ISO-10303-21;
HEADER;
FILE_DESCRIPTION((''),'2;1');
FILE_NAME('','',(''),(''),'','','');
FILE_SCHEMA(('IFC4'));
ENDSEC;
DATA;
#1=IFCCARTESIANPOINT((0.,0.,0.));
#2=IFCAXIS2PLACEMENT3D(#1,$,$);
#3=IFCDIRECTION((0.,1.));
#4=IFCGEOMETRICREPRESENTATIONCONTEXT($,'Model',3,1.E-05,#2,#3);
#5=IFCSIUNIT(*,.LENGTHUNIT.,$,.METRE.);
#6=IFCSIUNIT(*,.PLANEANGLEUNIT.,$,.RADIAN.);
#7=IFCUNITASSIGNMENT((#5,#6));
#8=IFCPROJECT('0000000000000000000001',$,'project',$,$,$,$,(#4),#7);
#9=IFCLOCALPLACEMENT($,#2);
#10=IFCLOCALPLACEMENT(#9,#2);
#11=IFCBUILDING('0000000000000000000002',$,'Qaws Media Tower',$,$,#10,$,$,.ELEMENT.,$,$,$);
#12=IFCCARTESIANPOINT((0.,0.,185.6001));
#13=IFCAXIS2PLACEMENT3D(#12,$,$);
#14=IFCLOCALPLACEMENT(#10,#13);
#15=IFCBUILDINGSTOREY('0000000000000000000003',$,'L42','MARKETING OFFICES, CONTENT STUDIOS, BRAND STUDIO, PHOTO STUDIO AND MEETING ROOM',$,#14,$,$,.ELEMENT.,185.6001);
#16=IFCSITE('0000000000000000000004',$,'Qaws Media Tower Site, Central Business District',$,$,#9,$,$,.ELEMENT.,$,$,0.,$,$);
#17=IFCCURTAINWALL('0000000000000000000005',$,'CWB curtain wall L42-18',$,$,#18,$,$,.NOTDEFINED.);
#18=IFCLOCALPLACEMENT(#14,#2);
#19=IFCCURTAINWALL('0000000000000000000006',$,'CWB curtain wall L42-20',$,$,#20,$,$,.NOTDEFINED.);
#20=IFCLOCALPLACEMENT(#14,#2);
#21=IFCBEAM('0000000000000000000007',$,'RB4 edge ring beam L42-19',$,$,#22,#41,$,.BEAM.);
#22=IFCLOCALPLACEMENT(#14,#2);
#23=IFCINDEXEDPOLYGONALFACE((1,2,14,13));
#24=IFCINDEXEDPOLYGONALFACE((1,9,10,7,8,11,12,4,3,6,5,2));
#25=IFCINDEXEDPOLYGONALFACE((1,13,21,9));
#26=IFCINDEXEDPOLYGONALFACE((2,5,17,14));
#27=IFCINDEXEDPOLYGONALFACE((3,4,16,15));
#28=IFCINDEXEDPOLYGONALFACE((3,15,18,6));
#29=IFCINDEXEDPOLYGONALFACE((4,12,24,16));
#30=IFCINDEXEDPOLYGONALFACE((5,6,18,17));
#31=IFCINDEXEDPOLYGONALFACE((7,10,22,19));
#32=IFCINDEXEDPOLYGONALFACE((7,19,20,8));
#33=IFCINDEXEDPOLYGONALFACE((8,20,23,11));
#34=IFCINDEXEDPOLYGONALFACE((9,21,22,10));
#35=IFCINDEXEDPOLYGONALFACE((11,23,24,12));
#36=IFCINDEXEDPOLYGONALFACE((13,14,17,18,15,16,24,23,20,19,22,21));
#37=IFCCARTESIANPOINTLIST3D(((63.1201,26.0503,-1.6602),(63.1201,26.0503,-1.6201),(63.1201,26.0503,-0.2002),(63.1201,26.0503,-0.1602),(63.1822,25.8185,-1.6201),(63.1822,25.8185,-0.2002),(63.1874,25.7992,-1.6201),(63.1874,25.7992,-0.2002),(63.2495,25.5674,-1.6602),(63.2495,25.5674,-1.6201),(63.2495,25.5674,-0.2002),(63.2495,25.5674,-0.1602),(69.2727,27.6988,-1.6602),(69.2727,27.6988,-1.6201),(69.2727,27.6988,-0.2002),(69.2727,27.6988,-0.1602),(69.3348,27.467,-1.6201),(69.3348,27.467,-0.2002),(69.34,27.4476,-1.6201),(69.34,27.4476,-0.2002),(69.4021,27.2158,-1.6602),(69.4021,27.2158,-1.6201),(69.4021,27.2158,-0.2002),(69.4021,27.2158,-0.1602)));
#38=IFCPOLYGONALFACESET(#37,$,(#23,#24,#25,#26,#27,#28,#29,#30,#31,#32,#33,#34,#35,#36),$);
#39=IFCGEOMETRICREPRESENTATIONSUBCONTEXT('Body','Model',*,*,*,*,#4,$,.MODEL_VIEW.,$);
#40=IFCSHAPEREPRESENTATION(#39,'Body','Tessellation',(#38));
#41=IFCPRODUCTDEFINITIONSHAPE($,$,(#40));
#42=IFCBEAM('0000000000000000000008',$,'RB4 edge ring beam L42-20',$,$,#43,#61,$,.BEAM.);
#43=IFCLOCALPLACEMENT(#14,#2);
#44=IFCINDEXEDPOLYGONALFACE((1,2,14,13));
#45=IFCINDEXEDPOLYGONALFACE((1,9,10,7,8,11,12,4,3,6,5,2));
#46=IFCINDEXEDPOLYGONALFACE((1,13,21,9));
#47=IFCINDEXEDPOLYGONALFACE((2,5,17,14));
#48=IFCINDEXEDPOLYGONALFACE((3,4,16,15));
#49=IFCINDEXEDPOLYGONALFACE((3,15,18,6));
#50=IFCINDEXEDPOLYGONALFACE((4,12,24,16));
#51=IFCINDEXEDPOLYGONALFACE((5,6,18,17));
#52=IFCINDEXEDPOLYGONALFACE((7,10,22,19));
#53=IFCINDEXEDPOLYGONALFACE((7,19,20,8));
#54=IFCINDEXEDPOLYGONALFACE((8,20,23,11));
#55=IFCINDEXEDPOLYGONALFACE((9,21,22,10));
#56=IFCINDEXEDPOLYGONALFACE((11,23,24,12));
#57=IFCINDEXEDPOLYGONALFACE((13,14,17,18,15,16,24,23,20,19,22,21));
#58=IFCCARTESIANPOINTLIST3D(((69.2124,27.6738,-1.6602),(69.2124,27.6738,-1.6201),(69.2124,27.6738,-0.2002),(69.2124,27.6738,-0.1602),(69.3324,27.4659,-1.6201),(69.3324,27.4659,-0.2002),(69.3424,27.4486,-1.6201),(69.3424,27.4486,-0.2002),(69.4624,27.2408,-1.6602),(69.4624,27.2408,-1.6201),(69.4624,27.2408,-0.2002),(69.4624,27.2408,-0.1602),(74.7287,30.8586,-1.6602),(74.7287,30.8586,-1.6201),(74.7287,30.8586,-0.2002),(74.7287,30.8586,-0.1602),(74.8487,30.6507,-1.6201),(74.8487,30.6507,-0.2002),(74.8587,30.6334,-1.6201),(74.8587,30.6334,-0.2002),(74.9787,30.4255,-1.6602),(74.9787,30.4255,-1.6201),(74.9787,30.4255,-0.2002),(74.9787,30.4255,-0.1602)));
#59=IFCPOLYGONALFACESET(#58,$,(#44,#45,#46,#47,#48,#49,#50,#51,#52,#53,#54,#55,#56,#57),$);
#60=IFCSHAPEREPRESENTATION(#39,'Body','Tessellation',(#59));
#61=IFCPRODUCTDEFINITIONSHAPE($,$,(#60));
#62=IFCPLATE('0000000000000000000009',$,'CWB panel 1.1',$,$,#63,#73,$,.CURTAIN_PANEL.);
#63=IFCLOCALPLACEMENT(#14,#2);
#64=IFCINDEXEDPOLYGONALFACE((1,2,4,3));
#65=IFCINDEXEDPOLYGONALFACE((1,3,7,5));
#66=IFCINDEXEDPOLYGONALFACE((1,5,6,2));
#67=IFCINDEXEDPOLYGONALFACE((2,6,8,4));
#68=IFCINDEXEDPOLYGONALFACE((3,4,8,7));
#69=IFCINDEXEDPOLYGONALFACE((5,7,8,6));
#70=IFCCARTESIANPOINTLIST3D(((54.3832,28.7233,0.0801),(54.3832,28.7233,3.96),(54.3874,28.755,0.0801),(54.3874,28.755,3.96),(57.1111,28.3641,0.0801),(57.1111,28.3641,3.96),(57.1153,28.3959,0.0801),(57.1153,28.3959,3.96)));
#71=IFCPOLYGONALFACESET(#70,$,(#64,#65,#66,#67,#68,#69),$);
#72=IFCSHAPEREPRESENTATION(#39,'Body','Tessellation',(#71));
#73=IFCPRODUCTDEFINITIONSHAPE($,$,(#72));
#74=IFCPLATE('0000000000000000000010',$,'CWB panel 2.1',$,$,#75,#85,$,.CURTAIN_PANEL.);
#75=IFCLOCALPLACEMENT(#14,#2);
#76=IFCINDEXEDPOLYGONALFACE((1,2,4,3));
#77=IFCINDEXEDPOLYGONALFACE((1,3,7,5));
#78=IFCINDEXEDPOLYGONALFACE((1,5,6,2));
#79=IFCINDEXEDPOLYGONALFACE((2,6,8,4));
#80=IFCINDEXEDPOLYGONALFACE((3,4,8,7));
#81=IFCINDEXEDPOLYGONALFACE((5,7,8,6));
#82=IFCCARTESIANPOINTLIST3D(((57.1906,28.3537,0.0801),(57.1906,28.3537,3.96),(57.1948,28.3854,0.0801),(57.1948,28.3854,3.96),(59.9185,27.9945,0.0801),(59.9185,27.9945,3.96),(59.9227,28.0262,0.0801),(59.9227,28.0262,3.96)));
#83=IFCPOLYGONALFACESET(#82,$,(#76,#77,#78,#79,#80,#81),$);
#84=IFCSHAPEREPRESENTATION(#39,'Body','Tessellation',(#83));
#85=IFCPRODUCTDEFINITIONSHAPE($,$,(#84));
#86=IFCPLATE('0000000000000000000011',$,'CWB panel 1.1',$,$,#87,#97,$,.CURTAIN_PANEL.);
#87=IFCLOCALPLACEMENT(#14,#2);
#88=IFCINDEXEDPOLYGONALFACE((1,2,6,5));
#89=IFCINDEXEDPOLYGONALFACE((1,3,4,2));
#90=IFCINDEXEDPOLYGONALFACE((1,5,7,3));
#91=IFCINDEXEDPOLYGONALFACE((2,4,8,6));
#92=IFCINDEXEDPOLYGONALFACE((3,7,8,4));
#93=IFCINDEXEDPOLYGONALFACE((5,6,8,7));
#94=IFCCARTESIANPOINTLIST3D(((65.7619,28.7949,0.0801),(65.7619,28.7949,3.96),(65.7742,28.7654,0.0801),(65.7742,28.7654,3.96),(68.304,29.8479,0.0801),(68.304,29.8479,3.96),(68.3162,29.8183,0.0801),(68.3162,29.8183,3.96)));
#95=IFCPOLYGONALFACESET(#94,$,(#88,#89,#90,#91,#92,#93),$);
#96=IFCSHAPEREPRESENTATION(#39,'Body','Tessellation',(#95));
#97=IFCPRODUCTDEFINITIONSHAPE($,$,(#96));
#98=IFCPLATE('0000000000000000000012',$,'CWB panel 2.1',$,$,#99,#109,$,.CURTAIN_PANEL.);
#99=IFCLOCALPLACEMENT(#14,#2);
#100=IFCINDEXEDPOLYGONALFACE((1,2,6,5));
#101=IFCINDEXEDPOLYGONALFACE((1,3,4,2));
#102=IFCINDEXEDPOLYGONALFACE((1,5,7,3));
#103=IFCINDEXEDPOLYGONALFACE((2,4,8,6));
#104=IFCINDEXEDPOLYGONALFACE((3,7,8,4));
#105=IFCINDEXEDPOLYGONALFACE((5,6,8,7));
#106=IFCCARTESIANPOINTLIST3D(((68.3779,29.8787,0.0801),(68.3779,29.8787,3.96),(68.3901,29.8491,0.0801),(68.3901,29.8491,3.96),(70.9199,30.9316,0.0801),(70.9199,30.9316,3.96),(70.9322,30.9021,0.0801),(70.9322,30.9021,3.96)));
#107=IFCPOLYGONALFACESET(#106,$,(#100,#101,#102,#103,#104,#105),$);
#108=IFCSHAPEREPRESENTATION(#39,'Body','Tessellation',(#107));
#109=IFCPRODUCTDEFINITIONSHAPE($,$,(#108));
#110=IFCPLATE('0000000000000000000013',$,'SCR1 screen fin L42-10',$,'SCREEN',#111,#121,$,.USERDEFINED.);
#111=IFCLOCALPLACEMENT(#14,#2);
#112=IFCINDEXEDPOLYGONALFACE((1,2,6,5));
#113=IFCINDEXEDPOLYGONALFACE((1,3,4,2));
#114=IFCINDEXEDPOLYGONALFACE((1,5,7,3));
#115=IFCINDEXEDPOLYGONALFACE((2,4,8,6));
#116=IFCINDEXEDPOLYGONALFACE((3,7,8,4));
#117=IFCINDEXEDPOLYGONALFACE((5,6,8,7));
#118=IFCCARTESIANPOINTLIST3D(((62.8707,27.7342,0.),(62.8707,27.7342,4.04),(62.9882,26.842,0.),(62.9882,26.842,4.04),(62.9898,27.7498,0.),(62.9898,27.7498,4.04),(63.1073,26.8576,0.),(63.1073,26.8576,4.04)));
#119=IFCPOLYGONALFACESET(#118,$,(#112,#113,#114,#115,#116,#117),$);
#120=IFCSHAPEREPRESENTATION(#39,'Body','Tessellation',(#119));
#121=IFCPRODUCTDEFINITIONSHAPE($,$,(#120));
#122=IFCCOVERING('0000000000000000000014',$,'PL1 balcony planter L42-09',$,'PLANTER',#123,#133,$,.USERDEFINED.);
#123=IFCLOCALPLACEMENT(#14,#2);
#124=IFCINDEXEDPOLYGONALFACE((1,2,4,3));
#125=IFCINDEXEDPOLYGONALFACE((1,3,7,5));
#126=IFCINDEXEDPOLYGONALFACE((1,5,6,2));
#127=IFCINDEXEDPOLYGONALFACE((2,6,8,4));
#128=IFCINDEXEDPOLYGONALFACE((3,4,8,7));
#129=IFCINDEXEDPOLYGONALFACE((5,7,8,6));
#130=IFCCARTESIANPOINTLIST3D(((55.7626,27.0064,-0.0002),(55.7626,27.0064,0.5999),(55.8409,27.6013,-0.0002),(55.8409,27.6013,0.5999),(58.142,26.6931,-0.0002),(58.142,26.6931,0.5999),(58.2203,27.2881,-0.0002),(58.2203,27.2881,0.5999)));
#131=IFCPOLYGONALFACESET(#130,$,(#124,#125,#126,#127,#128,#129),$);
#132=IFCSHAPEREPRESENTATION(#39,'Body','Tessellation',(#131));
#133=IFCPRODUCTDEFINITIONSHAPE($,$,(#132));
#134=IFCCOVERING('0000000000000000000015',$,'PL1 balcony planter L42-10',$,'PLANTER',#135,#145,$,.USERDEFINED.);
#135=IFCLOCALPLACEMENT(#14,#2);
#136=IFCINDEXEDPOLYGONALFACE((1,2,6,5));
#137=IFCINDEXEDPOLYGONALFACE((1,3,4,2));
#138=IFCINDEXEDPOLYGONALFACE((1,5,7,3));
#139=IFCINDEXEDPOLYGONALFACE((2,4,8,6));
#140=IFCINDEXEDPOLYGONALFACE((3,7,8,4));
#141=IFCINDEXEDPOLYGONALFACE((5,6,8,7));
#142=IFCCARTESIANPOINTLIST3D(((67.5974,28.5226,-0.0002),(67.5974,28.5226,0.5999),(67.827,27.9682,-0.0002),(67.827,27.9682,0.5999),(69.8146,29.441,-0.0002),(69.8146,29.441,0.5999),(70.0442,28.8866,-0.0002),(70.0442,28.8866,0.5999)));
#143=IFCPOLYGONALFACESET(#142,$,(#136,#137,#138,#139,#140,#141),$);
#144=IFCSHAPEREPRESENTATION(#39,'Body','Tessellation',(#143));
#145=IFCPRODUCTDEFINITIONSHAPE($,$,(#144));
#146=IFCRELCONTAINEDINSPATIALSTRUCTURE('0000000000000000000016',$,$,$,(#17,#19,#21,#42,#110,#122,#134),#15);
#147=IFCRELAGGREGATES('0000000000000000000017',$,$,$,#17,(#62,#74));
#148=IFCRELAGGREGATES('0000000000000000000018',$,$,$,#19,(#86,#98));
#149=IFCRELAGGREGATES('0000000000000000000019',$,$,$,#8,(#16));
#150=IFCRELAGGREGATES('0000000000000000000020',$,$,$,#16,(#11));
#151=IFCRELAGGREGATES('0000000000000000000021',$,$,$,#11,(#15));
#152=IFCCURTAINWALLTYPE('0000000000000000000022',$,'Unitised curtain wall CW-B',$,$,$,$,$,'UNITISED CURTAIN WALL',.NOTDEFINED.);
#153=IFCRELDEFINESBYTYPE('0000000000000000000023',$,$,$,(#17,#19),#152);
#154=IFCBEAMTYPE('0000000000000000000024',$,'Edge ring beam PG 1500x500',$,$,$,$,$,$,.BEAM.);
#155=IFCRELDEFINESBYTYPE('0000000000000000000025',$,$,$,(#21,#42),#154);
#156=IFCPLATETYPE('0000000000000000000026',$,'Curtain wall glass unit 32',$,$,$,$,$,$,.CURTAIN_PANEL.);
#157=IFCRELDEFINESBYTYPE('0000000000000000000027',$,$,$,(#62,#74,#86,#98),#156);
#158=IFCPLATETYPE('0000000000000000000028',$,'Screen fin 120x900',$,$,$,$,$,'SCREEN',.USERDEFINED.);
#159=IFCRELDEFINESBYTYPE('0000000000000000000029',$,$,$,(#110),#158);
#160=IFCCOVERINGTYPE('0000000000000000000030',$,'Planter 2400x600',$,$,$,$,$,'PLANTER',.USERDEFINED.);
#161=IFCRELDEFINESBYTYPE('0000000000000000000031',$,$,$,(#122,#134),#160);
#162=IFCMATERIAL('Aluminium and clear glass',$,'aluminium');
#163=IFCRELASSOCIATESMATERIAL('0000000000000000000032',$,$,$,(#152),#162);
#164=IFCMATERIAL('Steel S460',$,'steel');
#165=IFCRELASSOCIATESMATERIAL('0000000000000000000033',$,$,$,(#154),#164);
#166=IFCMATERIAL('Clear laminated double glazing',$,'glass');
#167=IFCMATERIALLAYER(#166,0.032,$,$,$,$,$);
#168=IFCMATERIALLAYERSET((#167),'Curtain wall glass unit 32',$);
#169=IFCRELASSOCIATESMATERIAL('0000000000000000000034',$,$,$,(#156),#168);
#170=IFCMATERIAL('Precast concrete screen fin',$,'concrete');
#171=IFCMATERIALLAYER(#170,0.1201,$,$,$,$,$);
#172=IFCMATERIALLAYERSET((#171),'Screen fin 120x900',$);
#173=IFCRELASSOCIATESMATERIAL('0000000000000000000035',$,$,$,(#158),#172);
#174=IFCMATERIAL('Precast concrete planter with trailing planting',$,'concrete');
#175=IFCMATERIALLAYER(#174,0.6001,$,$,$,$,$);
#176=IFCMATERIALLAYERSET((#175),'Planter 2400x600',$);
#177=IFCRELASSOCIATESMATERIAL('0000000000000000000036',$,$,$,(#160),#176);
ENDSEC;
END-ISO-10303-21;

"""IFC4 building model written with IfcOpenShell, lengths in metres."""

from ifc_helpers import new_model, si_unit, direction, frame, origin, origin_2d, place, context, subcontext, project, spatial, rectangle, i_section, extrude, material, layer, layer_set, material_profile, profile_set, type_object, element, aggregate, save


model = new_model("IFC4")

# Units and contexts
model_context = context("Model", 3, precision=1e-05, world=origin(), true_north=direction((0.0, 1.0)))
body_context = subcontext(model_context, "Body", "Model", "MODEL_VIEW")
ifc_project = project(units=[si_unit("LENGTHUNIT", "METRE"), si_unit("PLANEANGLEUNIT", "RADIAN")], contexts=[model_context])

# Site, building, storey
site_placement = place(None, origin())
site = spatial("IfcSite", under=ifc_project, at=site_placement, Name="Qaws Media Tower Site, Central Business District", CompositionType="ELEMENT", RefElevation=0.0)
building_placement = place(site_placement, origin())
building = spatial("IfcBuilding", under=site, at=building_placement, Name="Qaws Media Tower", CompositionType="ELEMENT")
storey_placement = place(building_placement, frame((0.0, 0.0, 185.6001)))
storey = spatial("IfcBuildingStorey", under=building, at=storey_placement, Name="L42", Description="MARKETING OFFICES, CONTENT STUDIOS, BRAND STUDIO, PHOTO STUDIO AND MEETING ROOM", CompositionType="ELEMENT", Elevation=185.6001)

# Curtain walls
ifc_material_1 = material(Name="Aluminium and clear glass", Category="aluminium")
curtain_wall_type = type_object("IfcCurtainWallType", Name="Unitised curtain wall CW-B", ElementType="UNITISED CURTAIN WALL", PredefinedType="NOTDEFINED", material=ifc_material_1)
curtain_wall_1_placement = place(storey_placement, origin())
curtain_wall_1 = element("IfcCurtainWall", 1, at=curtain_wall_1_placement, inside=storey, type_object=curtain_wall_type, Name="CWB curtain wall L42-18", PredefinedType="NOTDEFINED")
curtain_wall_2_placement = place(storey_placement, origin())
curtain_wall_2 = element("IfcCurtainWall", 2, at=curtain_wall_2_placement, inside=storey, type_object=curtain_wall_type, Name="CWB curtain wall L42-20", PredefinedType="NOTDEFINED")

# Beams
ifc_material_2 = material(Name="Steel S460", Category="steel")
ifc_material_profile_1 = material_profile(ifc_material_2, i_section(OverallWidth=0.5, OverallDepth=1.5, WebThickness=0.02, FlangeThickness=0.04, at=origin_2d()), Name="PG 1500x500")
ifc_profile_set_1 = profile_set([ifc_material_profile_1], Name="Steel S460")
beam_type = type_object("IfcBeamType", Name="Edge ring beam PG 1500x500", PredefinedType="BEAM", material=ifc_profile_set_1)
for number, where, z_axis, x_axis, name in (
    (3, (63.1848, 25.8088, -0.9102), (0.965931, 0.258798, 0.0), (-0.258798, 0.965931, 0.0), "RB4 edge ring beam L42-19"),
    (4, (69.3374, 27.4573, -0.9102), (0.866029, 0.499993, 0.0), (-0.499993, 0.866029, 0.0), "RB4 edge ring beam L42-20"),
):
    element("IfcBeam", number, at=place(storey_placement, frame(where, z_axis=z_axis, x_axis=x_axis)), inside=storey, type_object=beam_type, Name=name, PredefinedType="BEAM", context=body_context, shape_type="SweptSolid", body=[
        extrude(i_section(OverallWidth=0.5, OverallDepth=1.5, WebThickness=0.02, FlangeThickness=0.04, at=origin_2d()), origin(), (0.0, 0.0, 1.0), 6.3696),
    ])

# Plates
ifc_material_3 = material(Name="Clear laminated double glazing", Category="glass")
ifc_layer_1 = layer(ifc_material_3, 0.032)
ifc_layer_set_1 = layer_set([ifc_layer_1], Name="Curtain wall glass unit 32")
plate_type_1 = type_object("IfcPlateType", Name="Curtain wall glass unit 32", PredefinedType="CURTAIN_PANEL", material=ifc_layer_set_1)
plate_1_placement = place(storey_placement, frame((55.7493, 28.5596, 0.0801), z_axis=(0.0, 0.0, 1.0), x_axis=(0.991445, -0.130526, 0.0)))
plate_1 = element("IfcPlate", 5, at=plate_1_placement, type_object=plate_type_1, Name="CWB panel 1.1", PredefinedType="CURTAIN_PANEL", context=body_context, shape_type="SweptSolid", body=[
    extrude(rectangle(XDim=2.7515, YDim=0.032, at=origin_2d()), origin(), (0.0, 0.0, 1.0), 3.8799),
])
plate_2_placement = place(storey_placement, frame((58.5566, 28.1899, 0.0801), z_axis=(0.0, 0.0, 1.0), x_axis=(0.991445, -0.130526, 0.0)))
plate_2 = element("IfcPlate", 6, at=plate_2_placement, type_object=plate_type_1, Name="CWB panel 2.1", PredefinedType="CURTAIN_PANEL", context=body_context, shape_type="SweptSolid", body=[
    extrude(rectangle(XDim=2.7515, YDim=0.032, at=origin_2d()), origin(), (0.0, 0.0, 1.0), 3.8799),
])
aggregate(curtain_wall_1, [plate_1, plate_2])
plate_3_placement = place(storey_placement, frame((67.0391, 29.3066, 0.0801), z_axis=(0.0, 0.0, 1.0), x_axis=(0.92388, 0.382683, 0.0)))
plate_3 = element("IfcPlate", 7, at=plate_3_placement, type_object=plate_type_1, Name="CWB panel 1.1", PredefinedType="CURTAIN_PANEL", context=body_context, shape_type="SweptSolid", body=[
    extrude(rectangle(XDim=2.7515, YDim=0.032, at=origin_2d()), origin(), (0.0, 0.0, 1.0), 3.8799),
])
plate_4_placement = place(storey_placement, frame((69.655, 30.3904, 0.0801), z_axis=(0.0, 0.0, 1.0), x_axis=(0.92388, 0.382683, 0.0)))
plate_4 = element("IfcPlate", 8, at=plate_4_placement, type_object=plate_type_1, Name="CWB panel 2.1", PredefinedType="CURTAIN_PANEL", context=body_context, shape_type="SweptSolid", body=[
    extrude(rectangle(XDim=2.7515, YDim=0.032, at=origin_2d()), origin(), (0.0, 0.0, 1.0), 3.8799),
])
aggregate(curtain_wall_2, [plate_3, plate_4])
ifc_material_4 = material(Name="Precast concrete screen fin", Category="concrete")
ifc_layer_2 = layer(ifc_material_4, 0.1201)
ifc_layer_set_2 = layer_set([ifc_layer_2], Name="Screen fin 120x900")
plate_type_2 = type_object("IfcPlateType", Name="Screen fin 120x900", ElementType="SCREEN", PredefinedType="USERDEFINED", material=ifc_layer_set_2)
plate_5_placement = place(storey_placement, frame((62.989, 27.2959, 0.0), z_axis=(0.0, 0.0, 1.0), x_axis=(0.130526, -0.991445, 0.0)))
element("IfcPlate", 9, at=plate_5_placement, inside=storey, type_object=plate_type_2, Name="SCR1 screen fin L42-10", ObjectType="SCREEN", PredefinedType="USERDEFINED", context=body_context, shape_type="SweptSolid", body=[
    extrude(rectangle(XDim=0.8999, YDim=0.1201, at=origin_2d()), origin(), (0.0, 0.0, 1.0), 4.04),
])

# Coverings
ifc_material_5 = material(Name="Precast concrete planter with trailing planting", Category="concrete")
ifc_layer_3 = layer(ifc_material_5, 0.6001)
ifc_layer_set_3 = layer_set([ifc_layer_3], Name="Planter 2400x600")
covering_type = type_object("IfcCoveringType", Name="Planter 2400x600", ElementType="PLANTER", PredefinedType="USERDEFINED", material=ifc_layer_set_3)
for number, where, z_axis, x_axis, name in (
    (10, (56.9915, 27.1472, -0.0002), (0.0, 0.0, 1.0), (0.991445, -0.130526, 0.0), "PL1 balcony planter L42-09"),
    (11, (68.8208, 28.7046, -0.0002), (0.0, 0.0, 1.0), (0.92388, 0.382683, 0.0), "PL1 balcony planter L42-10"),
):
    element("IfcCovering", number, at=place(storey_placement, frame(where, z_axis=z_axis, x_axis=x_axis)), inside=storey, type_object=covering_type, Name=name, ObjectType="PLANTER", PredefinedType="USERDEFINED", context=body_context, shape_type="SweptSolid", body=[
        extrude(rectangle(XDim=2.3999, YDim=0.6001, at=origin_2d()), origin(), (0.0, 0.0, 1.0), 0.6001),
    ])

save(model, "model.ifc")
